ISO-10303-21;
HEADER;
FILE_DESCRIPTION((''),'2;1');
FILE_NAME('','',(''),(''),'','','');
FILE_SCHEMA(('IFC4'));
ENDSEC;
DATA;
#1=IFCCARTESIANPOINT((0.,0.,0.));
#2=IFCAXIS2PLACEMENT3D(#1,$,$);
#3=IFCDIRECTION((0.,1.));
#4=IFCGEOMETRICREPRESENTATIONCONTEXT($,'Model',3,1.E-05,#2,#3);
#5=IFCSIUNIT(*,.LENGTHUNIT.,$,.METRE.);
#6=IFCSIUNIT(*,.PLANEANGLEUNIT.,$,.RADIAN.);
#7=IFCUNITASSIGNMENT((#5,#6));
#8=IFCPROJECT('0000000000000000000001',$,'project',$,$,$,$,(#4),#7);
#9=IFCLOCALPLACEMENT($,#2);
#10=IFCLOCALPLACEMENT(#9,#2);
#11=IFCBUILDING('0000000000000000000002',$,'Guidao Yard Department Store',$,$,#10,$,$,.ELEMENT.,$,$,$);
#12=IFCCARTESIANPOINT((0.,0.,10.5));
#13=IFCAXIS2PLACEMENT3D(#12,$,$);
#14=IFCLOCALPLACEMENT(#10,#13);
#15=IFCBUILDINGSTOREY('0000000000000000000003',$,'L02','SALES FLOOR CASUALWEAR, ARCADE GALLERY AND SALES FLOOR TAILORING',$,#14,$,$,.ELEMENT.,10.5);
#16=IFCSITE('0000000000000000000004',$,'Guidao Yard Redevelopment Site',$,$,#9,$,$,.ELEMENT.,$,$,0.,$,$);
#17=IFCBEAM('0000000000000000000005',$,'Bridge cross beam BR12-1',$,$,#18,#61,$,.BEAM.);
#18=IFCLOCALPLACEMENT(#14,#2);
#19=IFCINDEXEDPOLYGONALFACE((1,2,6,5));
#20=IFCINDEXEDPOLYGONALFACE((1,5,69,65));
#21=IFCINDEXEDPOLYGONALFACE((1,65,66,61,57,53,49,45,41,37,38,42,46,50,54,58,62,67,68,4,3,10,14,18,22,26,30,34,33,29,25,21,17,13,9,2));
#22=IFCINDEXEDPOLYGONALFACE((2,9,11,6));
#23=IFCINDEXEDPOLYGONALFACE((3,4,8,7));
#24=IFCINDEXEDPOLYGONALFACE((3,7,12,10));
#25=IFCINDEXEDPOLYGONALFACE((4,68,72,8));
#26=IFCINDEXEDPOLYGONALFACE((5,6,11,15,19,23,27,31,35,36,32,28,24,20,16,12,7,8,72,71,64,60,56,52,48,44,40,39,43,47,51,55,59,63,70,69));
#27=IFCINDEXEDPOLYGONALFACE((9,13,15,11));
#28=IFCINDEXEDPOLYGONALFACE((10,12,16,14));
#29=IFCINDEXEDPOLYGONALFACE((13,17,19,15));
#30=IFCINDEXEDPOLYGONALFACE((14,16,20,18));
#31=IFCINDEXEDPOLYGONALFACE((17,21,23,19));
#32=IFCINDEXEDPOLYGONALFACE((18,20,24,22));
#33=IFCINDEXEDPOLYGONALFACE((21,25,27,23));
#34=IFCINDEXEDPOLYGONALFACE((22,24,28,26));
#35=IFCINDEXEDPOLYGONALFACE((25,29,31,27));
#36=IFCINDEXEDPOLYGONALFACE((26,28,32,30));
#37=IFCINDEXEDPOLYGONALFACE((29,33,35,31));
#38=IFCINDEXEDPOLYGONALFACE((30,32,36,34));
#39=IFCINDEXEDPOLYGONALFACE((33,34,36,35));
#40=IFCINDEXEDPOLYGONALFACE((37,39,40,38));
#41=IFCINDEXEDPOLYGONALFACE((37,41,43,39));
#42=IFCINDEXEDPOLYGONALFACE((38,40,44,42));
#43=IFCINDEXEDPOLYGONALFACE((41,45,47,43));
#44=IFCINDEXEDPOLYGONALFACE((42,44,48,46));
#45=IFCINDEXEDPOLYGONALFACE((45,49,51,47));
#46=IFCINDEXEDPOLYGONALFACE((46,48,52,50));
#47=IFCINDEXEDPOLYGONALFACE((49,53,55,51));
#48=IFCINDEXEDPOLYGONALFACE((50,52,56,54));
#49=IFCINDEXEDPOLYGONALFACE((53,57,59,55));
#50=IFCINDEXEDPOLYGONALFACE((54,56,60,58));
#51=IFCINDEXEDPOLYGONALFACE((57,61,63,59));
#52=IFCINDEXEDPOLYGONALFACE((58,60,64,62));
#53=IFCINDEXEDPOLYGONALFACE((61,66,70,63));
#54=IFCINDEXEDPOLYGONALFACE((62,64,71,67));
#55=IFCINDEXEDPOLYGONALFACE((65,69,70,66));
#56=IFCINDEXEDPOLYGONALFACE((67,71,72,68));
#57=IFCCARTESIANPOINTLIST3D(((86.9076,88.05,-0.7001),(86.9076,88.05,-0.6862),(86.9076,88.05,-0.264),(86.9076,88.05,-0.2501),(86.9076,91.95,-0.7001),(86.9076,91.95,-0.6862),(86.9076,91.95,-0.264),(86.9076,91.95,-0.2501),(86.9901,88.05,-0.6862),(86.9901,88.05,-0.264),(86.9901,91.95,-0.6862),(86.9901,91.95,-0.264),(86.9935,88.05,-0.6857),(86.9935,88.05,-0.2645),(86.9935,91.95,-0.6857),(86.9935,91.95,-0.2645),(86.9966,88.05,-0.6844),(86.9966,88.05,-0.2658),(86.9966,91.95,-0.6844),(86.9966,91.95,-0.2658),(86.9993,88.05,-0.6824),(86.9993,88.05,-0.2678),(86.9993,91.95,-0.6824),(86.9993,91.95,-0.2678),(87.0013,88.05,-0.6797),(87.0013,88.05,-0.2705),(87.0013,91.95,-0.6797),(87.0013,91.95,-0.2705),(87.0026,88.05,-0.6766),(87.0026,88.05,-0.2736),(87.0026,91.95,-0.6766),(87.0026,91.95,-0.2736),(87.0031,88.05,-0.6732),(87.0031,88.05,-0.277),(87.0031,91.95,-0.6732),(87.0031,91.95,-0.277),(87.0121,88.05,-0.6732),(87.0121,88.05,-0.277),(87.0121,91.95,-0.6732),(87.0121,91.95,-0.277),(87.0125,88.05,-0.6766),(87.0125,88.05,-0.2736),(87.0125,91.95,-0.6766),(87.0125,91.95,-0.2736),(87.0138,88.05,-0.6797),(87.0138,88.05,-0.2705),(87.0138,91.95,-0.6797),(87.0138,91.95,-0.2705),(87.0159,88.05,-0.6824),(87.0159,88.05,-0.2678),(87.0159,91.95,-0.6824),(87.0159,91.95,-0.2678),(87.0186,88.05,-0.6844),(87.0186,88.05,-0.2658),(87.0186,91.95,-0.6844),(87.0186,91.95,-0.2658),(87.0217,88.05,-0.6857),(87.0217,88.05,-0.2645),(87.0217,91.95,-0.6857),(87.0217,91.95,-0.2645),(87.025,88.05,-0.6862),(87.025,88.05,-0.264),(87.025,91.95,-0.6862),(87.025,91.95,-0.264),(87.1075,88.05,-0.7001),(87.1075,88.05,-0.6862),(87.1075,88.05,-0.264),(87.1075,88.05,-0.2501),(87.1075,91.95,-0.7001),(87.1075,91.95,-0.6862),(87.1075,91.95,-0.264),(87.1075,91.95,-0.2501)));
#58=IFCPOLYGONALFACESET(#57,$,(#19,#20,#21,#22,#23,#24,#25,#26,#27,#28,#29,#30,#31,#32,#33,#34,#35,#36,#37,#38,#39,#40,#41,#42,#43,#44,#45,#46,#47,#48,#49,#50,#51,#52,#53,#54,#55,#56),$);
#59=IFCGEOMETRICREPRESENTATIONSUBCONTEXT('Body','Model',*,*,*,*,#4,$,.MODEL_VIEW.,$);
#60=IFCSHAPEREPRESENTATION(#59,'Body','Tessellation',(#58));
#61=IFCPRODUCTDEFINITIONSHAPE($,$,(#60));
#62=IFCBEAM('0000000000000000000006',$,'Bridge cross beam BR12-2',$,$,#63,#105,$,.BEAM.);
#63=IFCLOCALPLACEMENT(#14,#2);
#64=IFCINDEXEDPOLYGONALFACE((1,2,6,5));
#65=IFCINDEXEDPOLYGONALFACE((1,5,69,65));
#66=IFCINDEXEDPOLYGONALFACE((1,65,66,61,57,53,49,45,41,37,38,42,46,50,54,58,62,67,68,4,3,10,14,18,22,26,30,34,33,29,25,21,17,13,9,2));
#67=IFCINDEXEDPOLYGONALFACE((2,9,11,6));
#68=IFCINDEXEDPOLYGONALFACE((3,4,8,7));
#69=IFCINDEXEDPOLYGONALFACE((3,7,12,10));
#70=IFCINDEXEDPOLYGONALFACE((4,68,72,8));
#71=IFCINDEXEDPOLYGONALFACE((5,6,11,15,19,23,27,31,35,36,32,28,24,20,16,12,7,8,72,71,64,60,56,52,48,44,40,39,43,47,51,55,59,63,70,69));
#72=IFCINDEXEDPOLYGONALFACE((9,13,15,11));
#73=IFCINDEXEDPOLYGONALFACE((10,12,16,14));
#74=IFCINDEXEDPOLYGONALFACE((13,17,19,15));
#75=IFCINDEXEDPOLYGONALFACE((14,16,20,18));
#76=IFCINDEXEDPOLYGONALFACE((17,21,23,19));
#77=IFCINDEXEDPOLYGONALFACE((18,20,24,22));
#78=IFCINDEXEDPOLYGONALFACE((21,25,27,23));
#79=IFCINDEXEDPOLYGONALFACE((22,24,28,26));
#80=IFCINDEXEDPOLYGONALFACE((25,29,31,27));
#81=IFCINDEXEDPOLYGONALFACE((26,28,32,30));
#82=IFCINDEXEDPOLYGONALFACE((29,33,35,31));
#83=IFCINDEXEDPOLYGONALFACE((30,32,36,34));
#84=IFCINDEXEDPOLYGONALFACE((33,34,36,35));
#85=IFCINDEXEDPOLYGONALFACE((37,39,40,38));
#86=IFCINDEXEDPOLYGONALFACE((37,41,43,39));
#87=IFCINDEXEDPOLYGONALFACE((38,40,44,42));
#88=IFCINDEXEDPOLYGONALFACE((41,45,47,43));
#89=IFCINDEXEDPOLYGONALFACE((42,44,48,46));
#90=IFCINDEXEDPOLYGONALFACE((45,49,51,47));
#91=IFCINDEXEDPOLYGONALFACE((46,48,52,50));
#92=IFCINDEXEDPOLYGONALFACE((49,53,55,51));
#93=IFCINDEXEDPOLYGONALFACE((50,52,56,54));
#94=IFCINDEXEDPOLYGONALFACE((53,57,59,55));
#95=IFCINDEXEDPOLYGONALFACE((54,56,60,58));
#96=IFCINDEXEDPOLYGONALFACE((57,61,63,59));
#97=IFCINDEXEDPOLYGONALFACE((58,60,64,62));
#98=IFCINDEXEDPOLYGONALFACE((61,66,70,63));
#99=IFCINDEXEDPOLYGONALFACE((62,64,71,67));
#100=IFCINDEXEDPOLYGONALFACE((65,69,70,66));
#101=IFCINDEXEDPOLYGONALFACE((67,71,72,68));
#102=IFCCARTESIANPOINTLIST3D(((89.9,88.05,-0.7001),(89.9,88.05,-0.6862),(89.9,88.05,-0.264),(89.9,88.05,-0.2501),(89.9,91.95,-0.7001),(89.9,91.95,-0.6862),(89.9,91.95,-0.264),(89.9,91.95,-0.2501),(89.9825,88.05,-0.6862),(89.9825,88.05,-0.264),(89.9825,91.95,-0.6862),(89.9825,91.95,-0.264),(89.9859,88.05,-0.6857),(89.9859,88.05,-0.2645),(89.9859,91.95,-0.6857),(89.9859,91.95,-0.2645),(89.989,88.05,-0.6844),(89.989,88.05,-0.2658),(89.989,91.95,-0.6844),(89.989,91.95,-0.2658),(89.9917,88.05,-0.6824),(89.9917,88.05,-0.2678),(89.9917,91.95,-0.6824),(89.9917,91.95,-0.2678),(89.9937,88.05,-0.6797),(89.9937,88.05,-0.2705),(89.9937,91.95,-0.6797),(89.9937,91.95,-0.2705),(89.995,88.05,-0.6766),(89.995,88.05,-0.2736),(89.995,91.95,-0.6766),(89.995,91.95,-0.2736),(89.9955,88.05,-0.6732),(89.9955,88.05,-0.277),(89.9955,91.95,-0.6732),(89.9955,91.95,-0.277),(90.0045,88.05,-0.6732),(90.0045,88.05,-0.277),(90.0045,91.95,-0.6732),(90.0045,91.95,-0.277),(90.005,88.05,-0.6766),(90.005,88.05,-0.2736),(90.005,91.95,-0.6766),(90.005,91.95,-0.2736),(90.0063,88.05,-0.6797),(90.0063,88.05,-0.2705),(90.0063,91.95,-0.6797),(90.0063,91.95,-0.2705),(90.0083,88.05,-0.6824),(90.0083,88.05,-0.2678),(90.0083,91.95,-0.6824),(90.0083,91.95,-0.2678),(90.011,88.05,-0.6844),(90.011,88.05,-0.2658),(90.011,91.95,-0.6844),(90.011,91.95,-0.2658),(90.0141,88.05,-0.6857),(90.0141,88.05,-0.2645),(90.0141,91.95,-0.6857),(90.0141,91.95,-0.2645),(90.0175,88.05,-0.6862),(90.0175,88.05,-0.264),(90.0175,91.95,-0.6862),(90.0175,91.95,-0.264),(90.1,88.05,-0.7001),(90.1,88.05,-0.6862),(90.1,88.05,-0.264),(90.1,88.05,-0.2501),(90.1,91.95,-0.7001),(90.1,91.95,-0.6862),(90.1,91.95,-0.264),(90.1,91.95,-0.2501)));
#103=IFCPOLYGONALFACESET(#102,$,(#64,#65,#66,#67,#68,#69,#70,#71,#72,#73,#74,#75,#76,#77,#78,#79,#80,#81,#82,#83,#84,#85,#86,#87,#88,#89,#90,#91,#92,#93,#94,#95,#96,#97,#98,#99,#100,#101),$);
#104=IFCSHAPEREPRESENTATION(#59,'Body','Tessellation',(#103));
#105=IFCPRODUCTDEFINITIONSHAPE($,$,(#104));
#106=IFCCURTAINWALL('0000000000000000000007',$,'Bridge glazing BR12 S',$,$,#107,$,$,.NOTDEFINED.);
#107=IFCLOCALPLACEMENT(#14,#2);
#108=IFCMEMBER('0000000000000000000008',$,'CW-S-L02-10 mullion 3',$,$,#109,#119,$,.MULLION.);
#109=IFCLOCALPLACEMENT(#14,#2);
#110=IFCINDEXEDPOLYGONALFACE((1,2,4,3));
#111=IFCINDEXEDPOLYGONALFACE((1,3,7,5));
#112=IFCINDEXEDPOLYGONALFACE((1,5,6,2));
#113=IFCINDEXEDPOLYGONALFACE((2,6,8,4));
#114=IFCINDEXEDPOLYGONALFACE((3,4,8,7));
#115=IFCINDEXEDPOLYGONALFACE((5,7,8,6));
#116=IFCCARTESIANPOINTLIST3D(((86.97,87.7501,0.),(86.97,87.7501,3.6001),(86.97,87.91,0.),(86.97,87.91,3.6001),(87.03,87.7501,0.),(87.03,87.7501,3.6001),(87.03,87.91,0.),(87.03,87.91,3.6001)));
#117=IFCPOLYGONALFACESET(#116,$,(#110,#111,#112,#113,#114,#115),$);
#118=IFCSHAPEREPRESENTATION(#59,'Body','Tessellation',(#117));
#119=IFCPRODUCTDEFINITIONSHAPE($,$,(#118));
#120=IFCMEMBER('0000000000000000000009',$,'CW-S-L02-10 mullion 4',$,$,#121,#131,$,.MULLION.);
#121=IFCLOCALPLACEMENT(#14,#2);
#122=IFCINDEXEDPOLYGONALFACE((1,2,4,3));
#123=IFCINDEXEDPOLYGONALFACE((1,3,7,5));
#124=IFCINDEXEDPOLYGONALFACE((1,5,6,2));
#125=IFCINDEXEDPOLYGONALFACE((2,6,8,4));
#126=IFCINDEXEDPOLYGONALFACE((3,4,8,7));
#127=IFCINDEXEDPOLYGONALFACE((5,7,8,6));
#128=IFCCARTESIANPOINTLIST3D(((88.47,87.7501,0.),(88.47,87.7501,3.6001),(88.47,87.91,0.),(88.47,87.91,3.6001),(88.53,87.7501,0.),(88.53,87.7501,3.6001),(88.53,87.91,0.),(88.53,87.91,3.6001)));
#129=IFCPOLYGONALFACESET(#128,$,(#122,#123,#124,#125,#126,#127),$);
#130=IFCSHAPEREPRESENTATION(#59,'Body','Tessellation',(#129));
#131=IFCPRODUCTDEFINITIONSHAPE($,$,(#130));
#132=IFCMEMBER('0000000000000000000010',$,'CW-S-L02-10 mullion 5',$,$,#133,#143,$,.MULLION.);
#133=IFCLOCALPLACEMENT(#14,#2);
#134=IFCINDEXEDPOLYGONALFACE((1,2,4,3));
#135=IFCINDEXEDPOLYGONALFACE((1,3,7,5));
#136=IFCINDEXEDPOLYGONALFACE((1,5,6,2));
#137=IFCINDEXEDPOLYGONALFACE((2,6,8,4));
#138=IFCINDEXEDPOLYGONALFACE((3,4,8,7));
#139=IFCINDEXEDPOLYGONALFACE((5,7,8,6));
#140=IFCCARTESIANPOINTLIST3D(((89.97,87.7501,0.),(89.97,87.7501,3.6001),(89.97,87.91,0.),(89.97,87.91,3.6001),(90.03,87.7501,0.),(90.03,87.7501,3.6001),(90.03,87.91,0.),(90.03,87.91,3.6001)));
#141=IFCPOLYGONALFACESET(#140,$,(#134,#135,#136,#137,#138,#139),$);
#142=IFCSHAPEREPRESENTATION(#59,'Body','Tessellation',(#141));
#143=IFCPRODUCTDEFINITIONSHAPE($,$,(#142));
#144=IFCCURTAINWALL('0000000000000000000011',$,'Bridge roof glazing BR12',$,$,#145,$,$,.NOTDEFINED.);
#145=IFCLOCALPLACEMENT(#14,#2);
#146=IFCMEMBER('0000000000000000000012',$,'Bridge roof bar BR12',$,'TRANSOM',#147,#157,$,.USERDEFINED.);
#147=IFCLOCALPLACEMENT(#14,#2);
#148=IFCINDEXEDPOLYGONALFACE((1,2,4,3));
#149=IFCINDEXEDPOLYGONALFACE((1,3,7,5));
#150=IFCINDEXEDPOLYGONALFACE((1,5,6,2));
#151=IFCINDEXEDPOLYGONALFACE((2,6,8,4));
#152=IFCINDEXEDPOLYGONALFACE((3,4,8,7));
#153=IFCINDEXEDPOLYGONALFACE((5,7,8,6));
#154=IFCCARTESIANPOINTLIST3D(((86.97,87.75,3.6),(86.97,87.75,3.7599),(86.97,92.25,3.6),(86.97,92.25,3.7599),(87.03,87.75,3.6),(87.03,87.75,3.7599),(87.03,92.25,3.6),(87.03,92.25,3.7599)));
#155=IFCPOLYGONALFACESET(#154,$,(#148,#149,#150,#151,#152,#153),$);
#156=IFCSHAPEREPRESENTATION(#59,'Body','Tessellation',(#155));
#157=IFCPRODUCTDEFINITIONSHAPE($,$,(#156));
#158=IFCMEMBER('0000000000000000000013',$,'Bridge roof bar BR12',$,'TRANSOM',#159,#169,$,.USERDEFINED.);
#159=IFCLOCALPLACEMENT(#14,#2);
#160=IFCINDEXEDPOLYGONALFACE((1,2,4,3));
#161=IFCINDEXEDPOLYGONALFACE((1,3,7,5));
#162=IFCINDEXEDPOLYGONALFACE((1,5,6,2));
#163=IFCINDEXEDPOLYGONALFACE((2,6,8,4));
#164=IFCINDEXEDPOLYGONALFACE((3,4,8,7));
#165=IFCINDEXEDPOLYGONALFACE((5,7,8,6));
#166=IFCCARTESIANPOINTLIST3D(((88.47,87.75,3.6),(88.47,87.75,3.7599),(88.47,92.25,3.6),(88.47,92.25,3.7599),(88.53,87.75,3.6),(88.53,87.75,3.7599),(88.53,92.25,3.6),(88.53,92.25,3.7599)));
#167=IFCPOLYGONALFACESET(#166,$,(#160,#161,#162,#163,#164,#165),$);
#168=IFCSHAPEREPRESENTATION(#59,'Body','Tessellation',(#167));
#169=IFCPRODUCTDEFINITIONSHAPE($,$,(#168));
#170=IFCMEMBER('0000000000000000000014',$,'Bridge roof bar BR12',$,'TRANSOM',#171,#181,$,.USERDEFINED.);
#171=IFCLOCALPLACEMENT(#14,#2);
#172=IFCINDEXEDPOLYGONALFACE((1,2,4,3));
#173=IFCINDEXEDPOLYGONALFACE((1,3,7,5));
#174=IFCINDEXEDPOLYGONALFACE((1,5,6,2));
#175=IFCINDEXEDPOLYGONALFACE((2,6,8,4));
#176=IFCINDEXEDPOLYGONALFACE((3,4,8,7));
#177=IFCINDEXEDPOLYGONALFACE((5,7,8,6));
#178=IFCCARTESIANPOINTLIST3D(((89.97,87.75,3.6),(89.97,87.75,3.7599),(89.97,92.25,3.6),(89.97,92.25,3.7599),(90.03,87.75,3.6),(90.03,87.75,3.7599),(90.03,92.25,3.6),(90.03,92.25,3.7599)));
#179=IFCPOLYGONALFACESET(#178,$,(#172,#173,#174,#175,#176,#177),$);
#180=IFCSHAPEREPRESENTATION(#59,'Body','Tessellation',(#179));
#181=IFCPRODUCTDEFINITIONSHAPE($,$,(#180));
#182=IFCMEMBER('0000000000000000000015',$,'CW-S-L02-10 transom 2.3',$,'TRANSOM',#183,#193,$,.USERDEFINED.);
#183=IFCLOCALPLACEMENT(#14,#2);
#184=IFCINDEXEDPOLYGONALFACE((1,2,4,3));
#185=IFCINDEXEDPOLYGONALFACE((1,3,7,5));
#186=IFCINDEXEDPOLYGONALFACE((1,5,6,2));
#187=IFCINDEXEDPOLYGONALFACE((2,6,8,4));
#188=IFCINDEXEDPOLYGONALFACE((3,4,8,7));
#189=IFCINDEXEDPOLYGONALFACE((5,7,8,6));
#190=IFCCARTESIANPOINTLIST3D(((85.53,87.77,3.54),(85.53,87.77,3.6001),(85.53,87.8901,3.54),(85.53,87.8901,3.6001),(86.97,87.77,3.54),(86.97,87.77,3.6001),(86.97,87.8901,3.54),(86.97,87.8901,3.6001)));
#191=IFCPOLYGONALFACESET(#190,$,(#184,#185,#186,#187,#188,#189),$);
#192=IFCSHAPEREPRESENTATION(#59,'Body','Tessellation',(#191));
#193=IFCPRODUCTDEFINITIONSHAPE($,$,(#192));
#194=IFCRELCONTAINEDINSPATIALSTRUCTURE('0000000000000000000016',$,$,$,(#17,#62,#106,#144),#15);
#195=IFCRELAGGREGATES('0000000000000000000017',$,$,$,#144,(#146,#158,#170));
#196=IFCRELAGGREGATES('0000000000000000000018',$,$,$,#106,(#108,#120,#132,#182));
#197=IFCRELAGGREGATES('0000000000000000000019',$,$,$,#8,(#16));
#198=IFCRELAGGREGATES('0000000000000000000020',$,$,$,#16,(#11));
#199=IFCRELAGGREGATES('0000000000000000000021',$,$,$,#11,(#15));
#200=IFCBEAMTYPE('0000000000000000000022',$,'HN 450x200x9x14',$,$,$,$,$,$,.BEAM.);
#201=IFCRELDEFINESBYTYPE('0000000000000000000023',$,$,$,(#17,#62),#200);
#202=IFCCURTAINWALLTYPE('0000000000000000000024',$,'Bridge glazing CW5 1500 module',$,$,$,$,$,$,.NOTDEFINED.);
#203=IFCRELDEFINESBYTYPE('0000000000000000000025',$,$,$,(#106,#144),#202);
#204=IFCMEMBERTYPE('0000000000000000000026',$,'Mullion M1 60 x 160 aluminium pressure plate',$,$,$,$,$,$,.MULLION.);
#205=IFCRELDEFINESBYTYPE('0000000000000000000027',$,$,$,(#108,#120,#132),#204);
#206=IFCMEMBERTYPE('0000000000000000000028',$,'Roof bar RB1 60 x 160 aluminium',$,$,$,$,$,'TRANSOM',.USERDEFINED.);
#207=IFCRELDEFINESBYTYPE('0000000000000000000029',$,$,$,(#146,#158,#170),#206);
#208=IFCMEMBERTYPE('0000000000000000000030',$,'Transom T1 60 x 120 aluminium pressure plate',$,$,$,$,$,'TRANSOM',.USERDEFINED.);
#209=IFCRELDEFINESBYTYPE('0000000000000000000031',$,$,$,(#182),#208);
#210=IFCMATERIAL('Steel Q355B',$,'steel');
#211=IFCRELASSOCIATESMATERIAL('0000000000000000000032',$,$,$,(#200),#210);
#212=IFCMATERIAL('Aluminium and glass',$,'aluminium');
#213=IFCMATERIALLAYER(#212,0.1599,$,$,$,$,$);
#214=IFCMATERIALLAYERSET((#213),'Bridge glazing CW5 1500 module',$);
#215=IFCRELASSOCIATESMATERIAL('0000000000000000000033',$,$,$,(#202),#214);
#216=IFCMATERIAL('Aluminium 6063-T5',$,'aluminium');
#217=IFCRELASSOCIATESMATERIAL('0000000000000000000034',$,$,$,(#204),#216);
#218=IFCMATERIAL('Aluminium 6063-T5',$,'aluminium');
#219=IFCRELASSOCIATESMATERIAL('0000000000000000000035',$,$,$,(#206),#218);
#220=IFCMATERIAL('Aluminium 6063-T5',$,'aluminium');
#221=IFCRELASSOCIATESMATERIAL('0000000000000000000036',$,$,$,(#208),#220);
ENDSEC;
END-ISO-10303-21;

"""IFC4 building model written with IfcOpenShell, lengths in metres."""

from ifc_helpers import new_model, si_unit, direction, frame, origin, origin_2d, place, context, subcontext, project, spatial, rectangle, i_section, extrude, material, layer, layer_set, material_profile, profile_set, type_object, element, aggregate, save


model = new_model("IFC4")

# Units and contexts
model_context = context("Model", 3, precision=1e-05, world=origin(), true_north=direction((0.0, 1.0)))
body_context = subcontext(model_context, "Body", "Model", "MODEL_VIEW")
ifc_project = project(units=[si_unit("LENGTHUNIT", "METRE"), si_unit("PLANEANGLEUNIT", "RADIAN")], contexts=[model_context])

# Site, building, storey
site_placement = place(None, origin())
site = spatial("IfcSite", under=ifc_project, at=site_placement, Name="Guidao Yard Redevelopment Site", CompositionType="ELEMENT", RefElevation=0.0)
building_placement = place(site_placement, origin())
building = spatial("IfcBuilding", under=site, at=building_placement, Name="Guidao Yard Department Store", CompositionType="ELEMENT")
storey_placement = place(building_placement, frame((0.0, 0.0, 10.5)))
storey = spatial("IfcBuildingStorey", under=building, at=storey_placement, Name="L02", Description="SALES FLOOR CASUALWEAR, ARCADE GALLERY AND SALES FLOOR TAILORING", CompositionType="ELEMENT", Elevation=10.5)

# Beams
ifc_material_1 = material(Name="Steel Q355B", Category="steel")
ifc_material_profile_1 = material_profile(ifc_material_1, i_section(OverallWidth=0.2, OverallDepth=0.45, WebThickness=0.009, FlangeThickness=0.0139, FilletRadius=0.0129, at=origin_2d()), Name="HN 450x200x9x14")
ifc_profile_set_1 = profile_set([ifc_material_profile_1], Name="Steel Q355B")
beam_type = type_object("IfcBeamType", Name="HN 450x200x9x14", PredefinedType="BEAM", material=ifc_profile_set_1)
for number, where, z_axis, x_axis, name in (
    (1, (87.0076, 88.05, -0.4751), (0.0, 1.0, 0.0), (-1.0, 0.0, 0.0), "Bridge cross beam BR12-1"),
    (2, (90.0, 88.05, -0.4751), (0.0, 1.0, 0.0), (-1.0, 0.0, 0.0), "Bridge cross beam BR12-2"),
):
    element("IfcBeam", number, at=place(storey_placement, frame(where, z_axis=z_axis, x_axis=x_axis)), inside=storey, type_object=beam_type, Name=name, PredefinedType="BEAM", context=body_context, shape_type="SweptSolid", body=[
        extrude(i_section(OverallWidth=0.2, OverallDepth=0.45, WebThickness=0.009, FlangeThickness=0.0139, FilletRadius=0.0129, at=origin_2d()), origin(), (0.0, 0.0, 1.0), 3.8999),
    ])

# Curtain walls, members
ifc_material_2 = material(Name="Aluminium and glass", Category="aluminium")
ifc_layer_1 = layer(ifc_material_2, 0.1599)
ifc_layer_set_1 = layer_set([ifc_layer_1], Name="Bridge glazing CW5 1500 module")
curtain_wall_type = type_object("IfcCurtainWallType", Name="Bridge glazing CW5 1500 module", PredefinedType="NOTDEFINED", material=ifc_layer_set_1)
curtain_wall_1_placement = place(storey_placement, origin())
curtain_wall_1 = element("IfcCurtainWall", 3, at=curtain_wall_1_placement, inside=storey, type_object=curtain_wall_type, Name="Bridge glazing BR12 S", PredefinedType="NOTDEFINED")
ifc_material_3 = material(Name="Aluminium 6063-T5", Category="aluminium")
ifc_material_profile_2 = material_profile(ifc_material_3, rectangle(XDim=0.0601, YDim=0.1599, at=origin_2d()), Name="Mullion M1 60 x 160 aluminium pressure plate")
ifc_profile_set_2 = profile_set([ifc_material_profile_2], Name="Aluminium 6063-T5")
member_type_1 = type_object("IfcMemberType", Name="Mullion M1 60 x 160 aluminium pressure plate", PredefinedType="MULLION", material=ifc_profile_set_2)
member_1_placement = place(storey_placement, frame((87.0, 87.8301, 0.0), z_axis=(0.0, 0.0, 1.0), x_axis=(-1.0, 0.0, 0.0)))
member_1 = element("IfcMember", 4, at=member_1_placement, type_object=member_type_1, Name="CW-S-L02-10 mullion 3", PredefinedType="MULLION", context=body_context, shape_type="SweptSolid", body=[
    extrude(rectangle(XDim=0.0601, YDim=0.1599, at=origin_2d()), origin(), (0.0, 0.0, 1.0), 3.6001),
])
member_2_placement = place(storey_placement, frame((88.5, 87.8301, 0.0), z_axis=(0.0, 0.0, 1.0), x_axis=(-1.0, 0.0, 0.0)))
member_2 = element("IfcMember", 5, at=member_2_placement, type_object=member_type_1, Name="CW-S-L02-10 mullion 4", PredefinedType="MULLION", context=body_context, shape_type="SweptSolid", body=[
    extrude(rectangle(XDim=0.0601, YDim=0.1599, at=origin_2d()), origin(), (0.0, 0.0, 1.0), 3.6001),
])
member_3_placement = place(storey_placement, frame((90.0, 87.8301, 0.0), z_axis=(0.0, 0.0, 1.0), x_axis=(-1.0, 0.0, 0.0)))
member_3 = element("IfcMember", 6, at=member_3_placement, type_object=member_type_1, Name="CW-S-L02-10 mullion 5", PredefinedType="MULLION", context=body_context, shape_type="SweptSolid", body=[
    extrude(rectangle(XDim=0.0601, YDim=0.1599, at=origin_2d()), origin(), (0.0, 0.0, 1.0), 3.6001),
])
curtain_wall_2_placement = place(storey_placement, origin())
curtain_wall_2 = element("IfcCurtainWall", 7, at=curtain_wall_2_placement, inside=storey, type_object=curtain_wall_type, Name="Bridge roof glazing BR12", PredefinedType="NOTDEFINED")
ifc_material_4 = material(Name="Aluminium 6063-T5", Category="aluminium")
ifc_material_profile_3 = material_profile(ifc_material_4, rectangle(XDim=0.0601, YDim=0.1599, at=origin_2d()), Name="Roof bar RB1 60 x 160 aluminium")
ifc_profile_set_3 = profile_set([ifc_material_profile_3], Name="Aluminium 6063-T5")
member_type_2 = type_object("IfcMemberType", Name="Roof bar RB1 60 x 160 aluminium", ElementType="TRANSOM", PredefinedType="USERDEFINED", material=ifc_profile_set_3)
member_4_placement = place(storey_placement, frame((87.0, 87.75, 3.6799), z_axis=(0.0, 1.0, 0.0), x_axis=(-1.0, 0.0, 0.0)))
member_4 = element("IfcMember", 8, at=member_4_placement, type_object=member_type_2, Name="Bridge roof bar BR12", ObjectType="TRANSOM", PredefinedType="USERDEFINED", context=body_context, shape_type="SweptSolid", body=[
    extrude(rectangle(XDim=0.0601, YDim=0.1599, at=origin_2d()), origin(), (0.0, 0.0, 1.0), 4.5),
])
member_5_placement = place(storey_placement, frame((88.5, 87.75, 3.6799), z_axis=(0.0, 1.0, 0.0), x_axis=(-1.0, 0.0, 0.0)))
member_5 = element("IfcMember", 9, at=member_5_placement, type_object=member_type_2, Name="Bridge roof bar BR12", ObjectType="TRANSOM", PredefinedType="USERDEFINED", context=body_context, shape_type="SweptSolid", body=[
    extrude(rectangle(XDim=0.0601, YDim=0.1599, at=origin_2d()), origin(), (0.0, 0.0, 1.0), 4.5),
])
member_6_placement = place(storey_placement, frame((90.0, 87.75, 3.6799), z_axis=(0.0, 1.0, 0.0), x_axis=(-1.0, 0.0, 0.0)))
member_6 = element("IfcMember", 10, at=member_6_placement, type_object=member_type_2, Name="Bridge roof bar BR12", ObjectType="TRANSOM", PredefinedType="USERDEFINED", context=body_context, shape_type="SweptSolid", body=[
    extrude(rectangle(XDim=0.0601, YDim=0.1599, at=origin_2d()), origin(), (0.0, 0.0, 1.0), 4.5),
])

# Member
ifc_material_5 = material(Name="Aluminium 6063-T5", Category="aluminium")
ifc_material_profile_4 = material_profile(ifc_material_5, rectangle(XDim=0.1201, YDim=0.0601, at=origin_2d()), Name="Transom T1 60 x 120 aluminium pressure plate")
ifc_profile_set_4 = profile_set([ifc_material_profile_4], Name="Aluminium 6063-T5")
member_type_3 = type_object("IfcMemberType", Name="Transom T1 60 x 120 aluminium pressure plate", ElementType="TRANSOM", PredefinedType="USERDEFINED", material=ifc_profile_set_4)
member_7_placement = place(storey_placement, frame((86.97, 87.8301, 3.5701), z_axis=(-1.0, 0.0, 0.0), x_axis=(0.0, -1.0, 0.0)))
member_7 = element("IfcMember", 11, at=member_7_placement, type_object=member_type_3, Name="CW-S-L02-10 transom 2.3", ObjectType="TRANSOM", PredefinedType="USERDEFINED", context=body_context, shape_type="SweptSolid", body=[
    extrude(rectangle(XDim=0.1201, YDim=0.0601, at=origin_2d()), origin(), (0.0, 0.0, 1.0), 1.4399),
])

aggregate(curtain_wall_2, [member_4, member_5, member_6])
aggregate(curtain_wall_1, [member_1, member_2, member_3, member_7])

save(model, "model.ifc")
